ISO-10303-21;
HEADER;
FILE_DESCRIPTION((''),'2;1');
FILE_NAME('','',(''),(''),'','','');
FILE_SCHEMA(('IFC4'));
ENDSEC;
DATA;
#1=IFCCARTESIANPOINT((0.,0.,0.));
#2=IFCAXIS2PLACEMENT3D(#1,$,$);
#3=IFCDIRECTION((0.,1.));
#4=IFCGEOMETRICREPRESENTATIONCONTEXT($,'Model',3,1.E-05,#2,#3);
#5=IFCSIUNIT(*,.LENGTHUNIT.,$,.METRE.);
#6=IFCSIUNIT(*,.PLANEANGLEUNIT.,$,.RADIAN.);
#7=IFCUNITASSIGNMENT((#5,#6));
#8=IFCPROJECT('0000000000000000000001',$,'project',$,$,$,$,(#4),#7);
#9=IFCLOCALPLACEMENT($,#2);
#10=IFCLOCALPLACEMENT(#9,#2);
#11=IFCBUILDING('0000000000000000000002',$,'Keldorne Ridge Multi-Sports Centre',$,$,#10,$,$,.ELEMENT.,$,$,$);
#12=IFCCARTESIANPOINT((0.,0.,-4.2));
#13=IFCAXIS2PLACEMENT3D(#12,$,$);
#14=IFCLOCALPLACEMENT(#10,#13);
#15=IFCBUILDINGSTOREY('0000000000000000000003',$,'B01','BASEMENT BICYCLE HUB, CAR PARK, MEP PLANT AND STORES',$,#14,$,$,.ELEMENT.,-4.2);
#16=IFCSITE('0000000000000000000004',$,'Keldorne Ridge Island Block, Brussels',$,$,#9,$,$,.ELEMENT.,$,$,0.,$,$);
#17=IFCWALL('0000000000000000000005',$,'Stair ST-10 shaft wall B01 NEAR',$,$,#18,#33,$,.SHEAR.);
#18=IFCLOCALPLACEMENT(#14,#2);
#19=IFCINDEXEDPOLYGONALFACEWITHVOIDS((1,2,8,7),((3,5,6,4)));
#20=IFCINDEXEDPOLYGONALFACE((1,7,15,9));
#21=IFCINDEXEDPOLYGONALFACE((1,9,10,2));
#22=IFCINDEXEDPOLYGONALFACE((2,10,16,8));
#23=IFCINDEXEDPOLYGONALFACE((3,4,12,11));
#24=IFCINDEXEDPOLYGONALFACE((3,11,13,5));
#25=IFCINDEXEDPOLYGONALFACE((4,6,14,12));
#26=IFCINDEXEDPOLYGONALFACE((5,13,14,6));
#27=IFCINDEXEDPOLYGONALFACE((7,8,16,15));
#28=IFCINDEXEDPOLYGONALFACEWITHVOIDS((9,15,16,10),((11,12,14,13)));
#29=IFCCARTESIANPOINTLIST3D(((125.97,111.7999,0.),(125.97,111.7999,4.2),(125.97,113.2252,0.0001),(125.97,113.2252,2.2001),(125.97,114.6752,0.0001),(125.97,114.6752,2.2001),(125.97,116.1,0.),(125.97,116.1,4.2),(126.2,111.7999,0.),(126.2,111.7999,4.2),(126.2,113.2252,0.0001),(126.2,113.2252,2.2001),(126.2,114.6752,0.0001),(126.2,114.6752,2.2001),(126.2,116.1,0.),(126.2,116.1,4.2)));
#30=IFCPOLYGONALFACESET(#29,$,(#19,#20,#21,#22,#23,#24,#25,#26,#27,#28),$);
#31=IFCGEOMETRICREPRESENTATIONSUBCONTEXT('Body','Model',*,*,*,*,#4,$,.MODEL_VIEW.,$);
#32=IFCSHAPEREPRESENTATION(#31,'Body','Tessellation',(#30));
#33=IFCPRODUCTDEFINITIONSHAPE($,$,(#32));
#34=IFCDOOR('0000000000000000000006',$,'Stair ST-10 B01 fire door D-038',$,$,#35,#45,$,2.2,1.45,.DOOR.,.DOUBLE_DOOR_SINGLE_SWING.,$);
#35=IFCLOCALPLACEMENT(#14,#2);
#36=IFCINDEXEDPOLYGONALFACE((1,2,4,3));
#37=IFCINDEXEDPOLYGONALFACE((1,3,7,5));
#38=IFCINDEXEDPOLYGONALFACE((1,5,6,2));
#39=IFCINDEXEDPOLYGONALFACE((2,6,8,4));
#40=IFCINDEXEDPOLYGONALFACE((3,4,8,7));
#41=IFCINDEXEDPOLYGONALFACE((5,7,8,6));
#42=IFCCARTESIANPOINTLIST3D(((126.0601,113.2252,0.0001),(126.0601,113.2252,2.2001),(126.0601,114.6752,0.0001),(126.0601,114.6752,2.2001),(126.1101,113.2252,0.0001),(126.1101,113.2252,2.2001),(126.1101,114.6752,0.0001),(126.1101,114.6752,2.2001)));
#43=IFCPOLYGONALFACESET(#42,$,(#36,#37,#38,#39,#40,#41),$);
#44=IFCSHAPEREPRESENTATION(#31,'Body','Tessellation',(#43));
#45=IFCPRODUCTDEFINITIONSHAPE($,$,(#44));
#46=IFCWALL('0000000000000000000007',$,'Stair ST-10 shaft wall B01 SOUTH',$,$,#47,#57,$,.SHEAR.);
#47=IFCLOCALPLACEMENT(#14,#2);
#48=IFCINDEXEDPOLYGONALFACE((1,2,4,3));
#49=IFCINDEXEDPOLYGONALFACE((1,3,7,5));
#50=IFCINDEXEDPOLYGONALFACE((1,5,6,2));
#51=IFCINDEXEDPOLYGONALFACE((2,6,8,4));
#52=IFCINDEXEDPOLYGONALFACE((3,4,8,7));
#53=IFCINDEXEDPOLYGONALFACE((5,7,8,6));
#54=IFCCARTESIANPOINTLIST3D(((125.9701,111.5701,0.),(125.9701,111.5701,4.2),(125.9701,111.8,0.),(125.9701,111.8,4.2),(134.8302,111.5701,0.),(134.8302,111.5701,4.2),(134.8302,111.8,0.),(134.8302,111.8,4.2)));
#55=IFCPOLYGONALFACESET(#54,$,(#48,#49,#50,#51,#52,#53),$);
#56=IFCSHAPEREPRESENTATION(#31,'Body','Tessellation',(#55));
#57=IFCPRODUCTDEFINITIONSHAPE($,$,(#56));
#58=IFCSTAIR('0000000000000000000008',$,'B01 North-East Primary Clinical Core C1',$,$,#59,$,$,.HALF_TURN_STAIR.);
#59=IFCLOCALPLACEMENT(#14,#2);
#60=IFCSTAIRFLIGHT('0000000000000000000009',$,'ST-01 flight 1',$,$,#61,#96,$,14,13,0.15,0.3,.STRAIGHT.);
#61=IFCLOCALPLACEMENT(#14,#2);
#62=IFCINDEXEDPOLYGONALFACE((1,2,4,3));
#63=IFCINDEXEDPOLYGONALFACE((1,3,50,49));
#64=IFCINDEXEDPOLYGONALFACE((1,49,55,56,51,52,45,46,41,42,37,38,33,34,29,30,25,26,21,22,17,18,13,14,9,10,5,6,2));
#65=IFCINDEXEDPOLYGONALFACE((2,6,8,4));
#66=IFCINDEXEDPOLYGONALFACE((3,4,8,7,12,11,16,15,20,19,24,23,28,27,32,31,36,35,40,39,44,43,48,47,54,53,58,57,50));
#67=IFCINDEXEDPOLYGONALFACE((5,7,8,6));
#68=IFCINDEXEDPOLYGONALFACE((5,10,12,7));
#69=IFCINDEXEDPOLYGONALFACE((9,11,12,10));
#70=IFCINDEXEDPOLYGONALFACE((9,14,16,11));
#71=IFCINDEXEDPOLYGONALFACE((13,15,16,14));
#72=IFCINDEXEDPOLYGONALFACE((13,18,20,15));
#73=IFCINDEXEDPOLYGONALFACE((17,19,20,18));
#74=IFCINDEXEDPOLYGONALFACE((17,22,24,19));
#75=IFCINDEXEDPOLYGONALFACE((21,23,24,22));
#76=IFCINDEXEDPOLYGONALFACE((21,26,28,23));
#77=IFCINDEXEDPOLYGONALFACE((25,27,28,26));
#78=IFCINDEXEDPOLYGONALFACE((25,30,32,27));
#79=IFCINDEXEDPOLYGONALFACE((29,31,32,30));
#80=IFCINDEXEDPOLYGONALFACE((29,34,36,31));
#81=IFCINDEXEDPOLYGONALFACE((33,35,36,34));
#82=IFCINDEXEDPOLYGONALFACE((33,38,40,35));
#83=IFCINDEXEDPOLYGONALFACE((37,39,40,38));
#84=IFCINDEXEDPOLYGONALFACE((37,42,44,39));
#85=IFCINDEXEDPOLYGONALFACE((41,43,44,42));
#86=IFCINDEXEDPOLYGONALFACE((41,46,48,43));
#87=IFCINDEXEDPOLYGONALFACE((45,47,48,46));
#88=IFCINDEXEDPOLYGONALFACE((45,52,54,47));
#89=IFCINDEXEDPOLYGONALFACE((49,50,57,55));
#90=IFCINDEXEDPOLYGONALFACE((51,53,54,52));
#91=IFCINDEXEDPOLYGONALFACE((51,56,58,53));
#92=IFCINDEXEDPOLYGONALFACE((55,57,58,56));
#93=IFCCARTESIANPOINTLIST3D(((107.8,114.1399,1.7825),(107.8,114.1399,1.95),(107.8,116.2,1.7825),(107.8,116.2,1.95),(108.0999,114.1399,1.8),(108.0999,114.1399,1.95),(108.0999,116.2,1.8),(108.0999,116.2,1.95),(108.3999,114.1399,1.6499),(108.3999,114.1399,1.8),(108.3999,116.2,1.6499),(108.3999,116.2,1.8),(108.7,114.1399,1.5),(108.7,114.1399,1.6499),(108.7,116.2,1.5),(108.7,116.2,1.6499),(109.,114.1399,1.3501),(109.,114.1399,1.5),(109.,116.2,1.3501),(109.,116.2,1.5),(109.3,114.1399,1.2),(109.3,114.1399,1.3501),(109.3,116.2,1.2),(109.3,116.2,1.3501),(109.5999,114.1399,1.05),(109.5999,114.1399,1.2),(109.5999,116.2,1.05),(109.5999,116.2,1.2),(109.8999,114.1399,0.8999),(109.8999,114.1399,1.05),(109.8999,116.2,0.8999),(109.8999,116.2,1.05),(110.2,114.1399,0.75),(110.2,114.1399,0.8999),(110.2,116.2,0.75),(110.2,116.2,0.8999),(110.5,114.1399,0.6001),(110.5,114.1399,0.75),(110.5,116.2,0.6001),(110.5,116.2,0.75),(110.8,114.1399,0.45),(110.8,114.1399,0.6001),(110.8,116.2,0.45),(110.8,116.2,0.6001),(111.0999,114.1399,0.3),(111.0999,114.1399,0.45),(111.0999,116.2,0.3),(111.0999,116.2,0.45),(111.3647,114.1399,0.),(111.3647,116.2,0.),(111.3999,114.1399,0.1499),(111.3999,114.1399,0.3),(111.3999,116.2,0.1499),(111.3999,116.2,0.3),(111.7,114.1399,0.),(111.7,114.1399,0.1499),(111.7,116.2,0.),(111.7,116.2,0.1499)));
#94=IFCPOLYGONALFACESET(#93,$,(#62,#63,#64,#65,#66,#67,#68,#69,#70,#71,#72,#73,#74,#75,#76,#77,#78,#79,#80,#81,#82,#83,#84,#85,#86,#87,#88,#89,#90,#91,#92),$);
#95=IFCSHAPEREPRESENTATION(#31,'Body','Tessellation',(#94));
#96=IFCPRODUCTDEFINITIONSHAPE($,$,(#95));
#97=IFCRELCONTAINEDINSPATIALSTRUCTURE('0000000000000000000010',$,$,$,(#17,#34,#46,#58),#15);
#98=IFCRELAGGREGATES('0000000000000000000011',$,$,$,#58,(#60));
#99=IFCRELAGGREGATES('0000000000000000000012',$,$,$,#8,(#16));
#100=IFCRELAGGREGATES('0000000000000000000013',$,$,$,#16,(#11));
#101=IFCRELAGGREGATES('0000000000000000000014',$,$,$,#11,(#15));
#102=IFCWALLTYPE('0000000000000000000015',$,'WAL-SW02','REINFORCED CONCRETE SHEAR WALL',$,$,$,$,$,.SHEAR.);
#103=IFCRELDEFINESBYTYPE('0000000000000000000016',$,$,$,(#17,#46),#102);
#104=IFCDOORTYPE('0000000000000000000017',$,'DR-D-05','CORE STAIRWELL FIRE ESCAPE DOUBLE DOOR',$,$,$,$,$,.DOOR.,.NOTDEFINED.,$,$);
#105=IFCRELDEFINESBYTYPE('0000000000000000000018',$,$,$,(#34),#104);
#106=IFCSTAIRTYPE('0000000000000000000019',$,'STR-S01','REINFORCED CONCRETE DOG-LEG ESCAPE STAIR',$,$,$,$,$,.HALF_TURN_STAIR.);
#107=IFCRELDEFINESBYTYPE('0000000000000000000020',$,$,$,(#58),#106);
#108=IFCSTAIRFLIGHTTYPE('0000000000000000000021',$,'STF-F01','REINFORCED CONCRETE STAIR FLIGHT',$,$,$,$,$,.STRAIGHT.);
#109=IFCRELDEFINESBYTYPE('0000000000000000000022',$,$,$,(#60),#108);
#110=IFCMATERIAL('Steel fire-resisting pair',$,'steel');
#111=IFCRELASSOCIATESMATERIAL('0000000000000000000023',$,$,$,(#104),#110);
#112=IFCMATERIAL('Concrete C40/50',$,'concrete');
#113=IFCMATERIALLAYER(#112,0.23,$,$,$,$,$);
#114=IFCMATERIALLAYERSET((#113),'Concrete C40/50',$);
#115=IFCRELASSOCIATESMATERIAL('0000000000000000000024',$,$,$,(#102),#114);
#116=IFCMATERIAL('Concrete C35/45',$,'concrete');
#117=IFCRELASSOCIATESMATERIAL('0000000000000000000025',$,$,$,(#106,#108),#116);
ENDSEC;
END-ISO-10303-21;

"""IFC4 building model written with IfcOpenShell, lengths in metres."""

from ifc_helpers import new_model, si_unit, direction, frame, frame_2d, origin, place, context, subcontext, project, spatial, polyline, rectangle, outline, extrude, material, layer, layer_set, type_object, element, fill, aggregate, save


model = new_model("IFC4")

# Units and contexts
model_context = context("Model", 3, precision=1e-05, world=origin(), true_north=direction((0.0, 1.0)))
body_context = subcontext(model_context, "Body", "Model", "MODEL_VIEW")
ifc_project = project(units=[si_unit("LENGTHUNIT", "METRE"), si_unit("PLANEANGLEUNIT", "RADIAN")], contexts=[model_context])

# Site, building, storey
site_placement = place(None, origin())
site = spatial("IfcSite", under=ifc_project, at=site_placement, Name="Keldorne Ridge Island Block, Brussels", CompositionType="ELEMENT", RefElevation=0.0)
building_placement = place(site_placement, origin())
building = spatial("IfcBuilding", under=site, at=building_placement, Name="Keldorne Ridge Multi-Sports Centre", CompositionType="ELEMENT")
storey_placement = place(building_placement, frame((0.0, 0.0, -4.2)))
storey = spatial("IfcBuildingStorey", under=building, at=storey_placement, Name="B01", Description="BASEMENT BICYCLE HUB, CAR PARK, MEP PLANT AND STORES", CompositionType="ELEMENT", Elevation=-4.2)

# Shared definitions
ifc_material_1 = material(Name="Concrete C35/45", Category="concrete")

# Shared definitions
ifc_material_2 = material(Name="Concrete C40/50", Category="concrete")

# Shared definitions
ifc_material_3 = material(Name="Steel fire-resisting pair", Category="steel")
door_type = type_object("IfcDoorType", Name="DR-D-05", Description="CORE STAIRWELL FIRE ESCAPE DOUBLE DOOR", OperationType="NOTDEFINED", PredefinedType="DOOR", material=ifc_material_3)

# Shared definitions
ifc_layer_1 = layer(ifc_material_2, 0.23)
ifc_layer_set_1 = layer_set([ifc_layer_1], Name="Concrete C40/50")
wall_type_1 = type_object("IfcWallType", Name="WAL-SW02", Description="REINFORCED CONCRETE SHEAR WALL", PredefinedType="SHEAR", material=ifc_layer_set_1)

# Wall, opening, door
wall_1_placement = place(storey_placement, frame((126.085, 111.8, 0.0), z_axis=(0.0, 0.0, 1.0), x_axis=(0.0, 1.0, 0.0)))
wall_1 = element("IfcWall", 1, at=wall_1_placement, inside=storey, type_object=wall_type_1, Name="Stair ST-10 shaft wall B01 NEAR", PredefinedType="SHEAR", context=body_context, shape_type="SweptSolid", body=[
    extrude(rectangle(XDim=4.3, YDim=0.23, at=frame_2d((2.1499, 0.0))), origin(), (0.0, 0.0, 1.0), 4.2),
])
opening_1_placement = place(wall_1_placement, frame((1.425, 0.0, 0.0)))
opening_1 = element("IfcOpeningElement", 2, at=opening_1_placement, cuts=wall_1, PredefinedType="OPENING", context=body_context, shape_type="SweptSolid", body=[
    extrude(rectangle(XDim=1.45, YDim=2.2, at=frame_2d((0.7251, 1.1001))), frame((0.0, 0.125, 0.0), z_axis=(0.0, -1.0, 0.0), x_axis=(1.0, 0.0, 0.0)), (0.0, 0.0, 1.0), 0.25),
])
door_1_placement = place(opening_1_placement, origin())
door_1 = element("IfcDoor", 3, at=door_1_placement, inside=storey, type_object=door_type, Name="Stair ST-10 B01 fire door D-038", OperationType="DOUBLE_DOOR_SINGLE_SWING", OverallHeight=2.2, OverallWidth=1.45, PredefinedType="DOOR", context=body_context, shape_type="SweptSolid", body=[
    extrude(rectangle(XDim=1.45, YDim=2.2, at=frame_2d((0.7251, 1.1001))), frame((0.0, 0.0249, 0.0), z_axis=(0.0, -1.0, 0.0), x_axis=(1.0, 0.0, 0.0)), (0.0, 0.0, 1.0), 0.05),
])
fill(opening_1, door_1)

# Wall
wall_2_placement = place(storey_placement, frame((125.97, 111.6851, 0.0), z_axis=(0.0, 0.0, 1.0), x_axis=(1.0, 0.0, 0.0)))
element("IfcWall", 4, at=wall_2_placement, inside=storey, type_object=wall_type_1, Name="Stair ST-10 shaft wall B01 SOUTH", PredefinedType="SHEAR", context=body_context, shape_type="SweptSolid", body=[
    extrude(rectangle(XDim=8.8601, YDim=0.23, at=frame_2d((4.4302, 0.0))), origin(), (0.0, 0.0, 1.0), 4.2),
])

# Stair, stair flight
stair_type = type_object("IfcStairType", Name="STR-S01", Description="REINFORCED CONCRETE DOG-LEG ESCAPE STAIR", PredefinedType="HALF_TURN_STAIR", material=ifc_material_1)
stair_placement = place(storey_placement, origin())
stair = element("IfcStair", 5, at=stair_placement, inside=storey, type_object=stair_type, Name="B01 North-East Primary Clinical Core C1", PredefinedType="HALF_TURN_STAIR")
stair_flight_type = type_object("IfcStairFlightType", Name="STF-F01", Description="REINFORCED CONCRETE STAIR FLIGHT", PredefinedType="STRAIGHT", material=ifc_material_1)
stair_flight_placement = place(storey_placement, frame((111.7, 115.1699, 0.0), z_axis=(0.0, 0.0, 1.0), x_axis=(-1.0, 0.0, 0.0)))
stair_flight = element("IfcStairFlight", 6, at=stair_flight_placement, type_object=stair_flight_type, Name="ST-01 flight 1", NumberOfRisers=14, NumberOfTreads=13, PredefinedType="STRAIGHT", RiserHeight=0.15, TreadLength=0.3, context=body_context, shape_type="SweptSolid", body=[
    extrude(outline(polyline([(0.0, 0.0), (0.0, 0.1499), (0.3, 0.1499), (0.3, 0.3), (0.6001, 0.3), (0.6001, 0.45), (0.8999, 0.45), (0.8999, 0.6001), (1.2, 0.6001), (1.2, 0.75), (1.5, 0.75), (1.5, 0.8999), (1.8, 0.8999), (1.8, 1.05), (2.1001, 1.05), (2.1001, 1.2), (2.3999, 1.2), (2.3999, 1.3501), (2.7, 1.3501), (2.7, 1.5), (3.0, 1.5), (3.0, 1.6499), (3.3, 1.6499), (3.3, 1.8), (3.6001, 1.8), (3.6001, 1.95), (3.8999, 1.95), (3.8999, 2.1001), (3.8999, 1.7825), (0.3352, 0.0), (0.0, 0.0)])), frame((0.0, 1.03, 0.0), z_axis=(0.0, -1.0, 0.0), x_axis=(1.0, 0.0, 0.0)), (0.0, 0.0, 1.0), 2.0601),
])
aggregate(stair, [stair_flight])

save(model, "model.ifc")
